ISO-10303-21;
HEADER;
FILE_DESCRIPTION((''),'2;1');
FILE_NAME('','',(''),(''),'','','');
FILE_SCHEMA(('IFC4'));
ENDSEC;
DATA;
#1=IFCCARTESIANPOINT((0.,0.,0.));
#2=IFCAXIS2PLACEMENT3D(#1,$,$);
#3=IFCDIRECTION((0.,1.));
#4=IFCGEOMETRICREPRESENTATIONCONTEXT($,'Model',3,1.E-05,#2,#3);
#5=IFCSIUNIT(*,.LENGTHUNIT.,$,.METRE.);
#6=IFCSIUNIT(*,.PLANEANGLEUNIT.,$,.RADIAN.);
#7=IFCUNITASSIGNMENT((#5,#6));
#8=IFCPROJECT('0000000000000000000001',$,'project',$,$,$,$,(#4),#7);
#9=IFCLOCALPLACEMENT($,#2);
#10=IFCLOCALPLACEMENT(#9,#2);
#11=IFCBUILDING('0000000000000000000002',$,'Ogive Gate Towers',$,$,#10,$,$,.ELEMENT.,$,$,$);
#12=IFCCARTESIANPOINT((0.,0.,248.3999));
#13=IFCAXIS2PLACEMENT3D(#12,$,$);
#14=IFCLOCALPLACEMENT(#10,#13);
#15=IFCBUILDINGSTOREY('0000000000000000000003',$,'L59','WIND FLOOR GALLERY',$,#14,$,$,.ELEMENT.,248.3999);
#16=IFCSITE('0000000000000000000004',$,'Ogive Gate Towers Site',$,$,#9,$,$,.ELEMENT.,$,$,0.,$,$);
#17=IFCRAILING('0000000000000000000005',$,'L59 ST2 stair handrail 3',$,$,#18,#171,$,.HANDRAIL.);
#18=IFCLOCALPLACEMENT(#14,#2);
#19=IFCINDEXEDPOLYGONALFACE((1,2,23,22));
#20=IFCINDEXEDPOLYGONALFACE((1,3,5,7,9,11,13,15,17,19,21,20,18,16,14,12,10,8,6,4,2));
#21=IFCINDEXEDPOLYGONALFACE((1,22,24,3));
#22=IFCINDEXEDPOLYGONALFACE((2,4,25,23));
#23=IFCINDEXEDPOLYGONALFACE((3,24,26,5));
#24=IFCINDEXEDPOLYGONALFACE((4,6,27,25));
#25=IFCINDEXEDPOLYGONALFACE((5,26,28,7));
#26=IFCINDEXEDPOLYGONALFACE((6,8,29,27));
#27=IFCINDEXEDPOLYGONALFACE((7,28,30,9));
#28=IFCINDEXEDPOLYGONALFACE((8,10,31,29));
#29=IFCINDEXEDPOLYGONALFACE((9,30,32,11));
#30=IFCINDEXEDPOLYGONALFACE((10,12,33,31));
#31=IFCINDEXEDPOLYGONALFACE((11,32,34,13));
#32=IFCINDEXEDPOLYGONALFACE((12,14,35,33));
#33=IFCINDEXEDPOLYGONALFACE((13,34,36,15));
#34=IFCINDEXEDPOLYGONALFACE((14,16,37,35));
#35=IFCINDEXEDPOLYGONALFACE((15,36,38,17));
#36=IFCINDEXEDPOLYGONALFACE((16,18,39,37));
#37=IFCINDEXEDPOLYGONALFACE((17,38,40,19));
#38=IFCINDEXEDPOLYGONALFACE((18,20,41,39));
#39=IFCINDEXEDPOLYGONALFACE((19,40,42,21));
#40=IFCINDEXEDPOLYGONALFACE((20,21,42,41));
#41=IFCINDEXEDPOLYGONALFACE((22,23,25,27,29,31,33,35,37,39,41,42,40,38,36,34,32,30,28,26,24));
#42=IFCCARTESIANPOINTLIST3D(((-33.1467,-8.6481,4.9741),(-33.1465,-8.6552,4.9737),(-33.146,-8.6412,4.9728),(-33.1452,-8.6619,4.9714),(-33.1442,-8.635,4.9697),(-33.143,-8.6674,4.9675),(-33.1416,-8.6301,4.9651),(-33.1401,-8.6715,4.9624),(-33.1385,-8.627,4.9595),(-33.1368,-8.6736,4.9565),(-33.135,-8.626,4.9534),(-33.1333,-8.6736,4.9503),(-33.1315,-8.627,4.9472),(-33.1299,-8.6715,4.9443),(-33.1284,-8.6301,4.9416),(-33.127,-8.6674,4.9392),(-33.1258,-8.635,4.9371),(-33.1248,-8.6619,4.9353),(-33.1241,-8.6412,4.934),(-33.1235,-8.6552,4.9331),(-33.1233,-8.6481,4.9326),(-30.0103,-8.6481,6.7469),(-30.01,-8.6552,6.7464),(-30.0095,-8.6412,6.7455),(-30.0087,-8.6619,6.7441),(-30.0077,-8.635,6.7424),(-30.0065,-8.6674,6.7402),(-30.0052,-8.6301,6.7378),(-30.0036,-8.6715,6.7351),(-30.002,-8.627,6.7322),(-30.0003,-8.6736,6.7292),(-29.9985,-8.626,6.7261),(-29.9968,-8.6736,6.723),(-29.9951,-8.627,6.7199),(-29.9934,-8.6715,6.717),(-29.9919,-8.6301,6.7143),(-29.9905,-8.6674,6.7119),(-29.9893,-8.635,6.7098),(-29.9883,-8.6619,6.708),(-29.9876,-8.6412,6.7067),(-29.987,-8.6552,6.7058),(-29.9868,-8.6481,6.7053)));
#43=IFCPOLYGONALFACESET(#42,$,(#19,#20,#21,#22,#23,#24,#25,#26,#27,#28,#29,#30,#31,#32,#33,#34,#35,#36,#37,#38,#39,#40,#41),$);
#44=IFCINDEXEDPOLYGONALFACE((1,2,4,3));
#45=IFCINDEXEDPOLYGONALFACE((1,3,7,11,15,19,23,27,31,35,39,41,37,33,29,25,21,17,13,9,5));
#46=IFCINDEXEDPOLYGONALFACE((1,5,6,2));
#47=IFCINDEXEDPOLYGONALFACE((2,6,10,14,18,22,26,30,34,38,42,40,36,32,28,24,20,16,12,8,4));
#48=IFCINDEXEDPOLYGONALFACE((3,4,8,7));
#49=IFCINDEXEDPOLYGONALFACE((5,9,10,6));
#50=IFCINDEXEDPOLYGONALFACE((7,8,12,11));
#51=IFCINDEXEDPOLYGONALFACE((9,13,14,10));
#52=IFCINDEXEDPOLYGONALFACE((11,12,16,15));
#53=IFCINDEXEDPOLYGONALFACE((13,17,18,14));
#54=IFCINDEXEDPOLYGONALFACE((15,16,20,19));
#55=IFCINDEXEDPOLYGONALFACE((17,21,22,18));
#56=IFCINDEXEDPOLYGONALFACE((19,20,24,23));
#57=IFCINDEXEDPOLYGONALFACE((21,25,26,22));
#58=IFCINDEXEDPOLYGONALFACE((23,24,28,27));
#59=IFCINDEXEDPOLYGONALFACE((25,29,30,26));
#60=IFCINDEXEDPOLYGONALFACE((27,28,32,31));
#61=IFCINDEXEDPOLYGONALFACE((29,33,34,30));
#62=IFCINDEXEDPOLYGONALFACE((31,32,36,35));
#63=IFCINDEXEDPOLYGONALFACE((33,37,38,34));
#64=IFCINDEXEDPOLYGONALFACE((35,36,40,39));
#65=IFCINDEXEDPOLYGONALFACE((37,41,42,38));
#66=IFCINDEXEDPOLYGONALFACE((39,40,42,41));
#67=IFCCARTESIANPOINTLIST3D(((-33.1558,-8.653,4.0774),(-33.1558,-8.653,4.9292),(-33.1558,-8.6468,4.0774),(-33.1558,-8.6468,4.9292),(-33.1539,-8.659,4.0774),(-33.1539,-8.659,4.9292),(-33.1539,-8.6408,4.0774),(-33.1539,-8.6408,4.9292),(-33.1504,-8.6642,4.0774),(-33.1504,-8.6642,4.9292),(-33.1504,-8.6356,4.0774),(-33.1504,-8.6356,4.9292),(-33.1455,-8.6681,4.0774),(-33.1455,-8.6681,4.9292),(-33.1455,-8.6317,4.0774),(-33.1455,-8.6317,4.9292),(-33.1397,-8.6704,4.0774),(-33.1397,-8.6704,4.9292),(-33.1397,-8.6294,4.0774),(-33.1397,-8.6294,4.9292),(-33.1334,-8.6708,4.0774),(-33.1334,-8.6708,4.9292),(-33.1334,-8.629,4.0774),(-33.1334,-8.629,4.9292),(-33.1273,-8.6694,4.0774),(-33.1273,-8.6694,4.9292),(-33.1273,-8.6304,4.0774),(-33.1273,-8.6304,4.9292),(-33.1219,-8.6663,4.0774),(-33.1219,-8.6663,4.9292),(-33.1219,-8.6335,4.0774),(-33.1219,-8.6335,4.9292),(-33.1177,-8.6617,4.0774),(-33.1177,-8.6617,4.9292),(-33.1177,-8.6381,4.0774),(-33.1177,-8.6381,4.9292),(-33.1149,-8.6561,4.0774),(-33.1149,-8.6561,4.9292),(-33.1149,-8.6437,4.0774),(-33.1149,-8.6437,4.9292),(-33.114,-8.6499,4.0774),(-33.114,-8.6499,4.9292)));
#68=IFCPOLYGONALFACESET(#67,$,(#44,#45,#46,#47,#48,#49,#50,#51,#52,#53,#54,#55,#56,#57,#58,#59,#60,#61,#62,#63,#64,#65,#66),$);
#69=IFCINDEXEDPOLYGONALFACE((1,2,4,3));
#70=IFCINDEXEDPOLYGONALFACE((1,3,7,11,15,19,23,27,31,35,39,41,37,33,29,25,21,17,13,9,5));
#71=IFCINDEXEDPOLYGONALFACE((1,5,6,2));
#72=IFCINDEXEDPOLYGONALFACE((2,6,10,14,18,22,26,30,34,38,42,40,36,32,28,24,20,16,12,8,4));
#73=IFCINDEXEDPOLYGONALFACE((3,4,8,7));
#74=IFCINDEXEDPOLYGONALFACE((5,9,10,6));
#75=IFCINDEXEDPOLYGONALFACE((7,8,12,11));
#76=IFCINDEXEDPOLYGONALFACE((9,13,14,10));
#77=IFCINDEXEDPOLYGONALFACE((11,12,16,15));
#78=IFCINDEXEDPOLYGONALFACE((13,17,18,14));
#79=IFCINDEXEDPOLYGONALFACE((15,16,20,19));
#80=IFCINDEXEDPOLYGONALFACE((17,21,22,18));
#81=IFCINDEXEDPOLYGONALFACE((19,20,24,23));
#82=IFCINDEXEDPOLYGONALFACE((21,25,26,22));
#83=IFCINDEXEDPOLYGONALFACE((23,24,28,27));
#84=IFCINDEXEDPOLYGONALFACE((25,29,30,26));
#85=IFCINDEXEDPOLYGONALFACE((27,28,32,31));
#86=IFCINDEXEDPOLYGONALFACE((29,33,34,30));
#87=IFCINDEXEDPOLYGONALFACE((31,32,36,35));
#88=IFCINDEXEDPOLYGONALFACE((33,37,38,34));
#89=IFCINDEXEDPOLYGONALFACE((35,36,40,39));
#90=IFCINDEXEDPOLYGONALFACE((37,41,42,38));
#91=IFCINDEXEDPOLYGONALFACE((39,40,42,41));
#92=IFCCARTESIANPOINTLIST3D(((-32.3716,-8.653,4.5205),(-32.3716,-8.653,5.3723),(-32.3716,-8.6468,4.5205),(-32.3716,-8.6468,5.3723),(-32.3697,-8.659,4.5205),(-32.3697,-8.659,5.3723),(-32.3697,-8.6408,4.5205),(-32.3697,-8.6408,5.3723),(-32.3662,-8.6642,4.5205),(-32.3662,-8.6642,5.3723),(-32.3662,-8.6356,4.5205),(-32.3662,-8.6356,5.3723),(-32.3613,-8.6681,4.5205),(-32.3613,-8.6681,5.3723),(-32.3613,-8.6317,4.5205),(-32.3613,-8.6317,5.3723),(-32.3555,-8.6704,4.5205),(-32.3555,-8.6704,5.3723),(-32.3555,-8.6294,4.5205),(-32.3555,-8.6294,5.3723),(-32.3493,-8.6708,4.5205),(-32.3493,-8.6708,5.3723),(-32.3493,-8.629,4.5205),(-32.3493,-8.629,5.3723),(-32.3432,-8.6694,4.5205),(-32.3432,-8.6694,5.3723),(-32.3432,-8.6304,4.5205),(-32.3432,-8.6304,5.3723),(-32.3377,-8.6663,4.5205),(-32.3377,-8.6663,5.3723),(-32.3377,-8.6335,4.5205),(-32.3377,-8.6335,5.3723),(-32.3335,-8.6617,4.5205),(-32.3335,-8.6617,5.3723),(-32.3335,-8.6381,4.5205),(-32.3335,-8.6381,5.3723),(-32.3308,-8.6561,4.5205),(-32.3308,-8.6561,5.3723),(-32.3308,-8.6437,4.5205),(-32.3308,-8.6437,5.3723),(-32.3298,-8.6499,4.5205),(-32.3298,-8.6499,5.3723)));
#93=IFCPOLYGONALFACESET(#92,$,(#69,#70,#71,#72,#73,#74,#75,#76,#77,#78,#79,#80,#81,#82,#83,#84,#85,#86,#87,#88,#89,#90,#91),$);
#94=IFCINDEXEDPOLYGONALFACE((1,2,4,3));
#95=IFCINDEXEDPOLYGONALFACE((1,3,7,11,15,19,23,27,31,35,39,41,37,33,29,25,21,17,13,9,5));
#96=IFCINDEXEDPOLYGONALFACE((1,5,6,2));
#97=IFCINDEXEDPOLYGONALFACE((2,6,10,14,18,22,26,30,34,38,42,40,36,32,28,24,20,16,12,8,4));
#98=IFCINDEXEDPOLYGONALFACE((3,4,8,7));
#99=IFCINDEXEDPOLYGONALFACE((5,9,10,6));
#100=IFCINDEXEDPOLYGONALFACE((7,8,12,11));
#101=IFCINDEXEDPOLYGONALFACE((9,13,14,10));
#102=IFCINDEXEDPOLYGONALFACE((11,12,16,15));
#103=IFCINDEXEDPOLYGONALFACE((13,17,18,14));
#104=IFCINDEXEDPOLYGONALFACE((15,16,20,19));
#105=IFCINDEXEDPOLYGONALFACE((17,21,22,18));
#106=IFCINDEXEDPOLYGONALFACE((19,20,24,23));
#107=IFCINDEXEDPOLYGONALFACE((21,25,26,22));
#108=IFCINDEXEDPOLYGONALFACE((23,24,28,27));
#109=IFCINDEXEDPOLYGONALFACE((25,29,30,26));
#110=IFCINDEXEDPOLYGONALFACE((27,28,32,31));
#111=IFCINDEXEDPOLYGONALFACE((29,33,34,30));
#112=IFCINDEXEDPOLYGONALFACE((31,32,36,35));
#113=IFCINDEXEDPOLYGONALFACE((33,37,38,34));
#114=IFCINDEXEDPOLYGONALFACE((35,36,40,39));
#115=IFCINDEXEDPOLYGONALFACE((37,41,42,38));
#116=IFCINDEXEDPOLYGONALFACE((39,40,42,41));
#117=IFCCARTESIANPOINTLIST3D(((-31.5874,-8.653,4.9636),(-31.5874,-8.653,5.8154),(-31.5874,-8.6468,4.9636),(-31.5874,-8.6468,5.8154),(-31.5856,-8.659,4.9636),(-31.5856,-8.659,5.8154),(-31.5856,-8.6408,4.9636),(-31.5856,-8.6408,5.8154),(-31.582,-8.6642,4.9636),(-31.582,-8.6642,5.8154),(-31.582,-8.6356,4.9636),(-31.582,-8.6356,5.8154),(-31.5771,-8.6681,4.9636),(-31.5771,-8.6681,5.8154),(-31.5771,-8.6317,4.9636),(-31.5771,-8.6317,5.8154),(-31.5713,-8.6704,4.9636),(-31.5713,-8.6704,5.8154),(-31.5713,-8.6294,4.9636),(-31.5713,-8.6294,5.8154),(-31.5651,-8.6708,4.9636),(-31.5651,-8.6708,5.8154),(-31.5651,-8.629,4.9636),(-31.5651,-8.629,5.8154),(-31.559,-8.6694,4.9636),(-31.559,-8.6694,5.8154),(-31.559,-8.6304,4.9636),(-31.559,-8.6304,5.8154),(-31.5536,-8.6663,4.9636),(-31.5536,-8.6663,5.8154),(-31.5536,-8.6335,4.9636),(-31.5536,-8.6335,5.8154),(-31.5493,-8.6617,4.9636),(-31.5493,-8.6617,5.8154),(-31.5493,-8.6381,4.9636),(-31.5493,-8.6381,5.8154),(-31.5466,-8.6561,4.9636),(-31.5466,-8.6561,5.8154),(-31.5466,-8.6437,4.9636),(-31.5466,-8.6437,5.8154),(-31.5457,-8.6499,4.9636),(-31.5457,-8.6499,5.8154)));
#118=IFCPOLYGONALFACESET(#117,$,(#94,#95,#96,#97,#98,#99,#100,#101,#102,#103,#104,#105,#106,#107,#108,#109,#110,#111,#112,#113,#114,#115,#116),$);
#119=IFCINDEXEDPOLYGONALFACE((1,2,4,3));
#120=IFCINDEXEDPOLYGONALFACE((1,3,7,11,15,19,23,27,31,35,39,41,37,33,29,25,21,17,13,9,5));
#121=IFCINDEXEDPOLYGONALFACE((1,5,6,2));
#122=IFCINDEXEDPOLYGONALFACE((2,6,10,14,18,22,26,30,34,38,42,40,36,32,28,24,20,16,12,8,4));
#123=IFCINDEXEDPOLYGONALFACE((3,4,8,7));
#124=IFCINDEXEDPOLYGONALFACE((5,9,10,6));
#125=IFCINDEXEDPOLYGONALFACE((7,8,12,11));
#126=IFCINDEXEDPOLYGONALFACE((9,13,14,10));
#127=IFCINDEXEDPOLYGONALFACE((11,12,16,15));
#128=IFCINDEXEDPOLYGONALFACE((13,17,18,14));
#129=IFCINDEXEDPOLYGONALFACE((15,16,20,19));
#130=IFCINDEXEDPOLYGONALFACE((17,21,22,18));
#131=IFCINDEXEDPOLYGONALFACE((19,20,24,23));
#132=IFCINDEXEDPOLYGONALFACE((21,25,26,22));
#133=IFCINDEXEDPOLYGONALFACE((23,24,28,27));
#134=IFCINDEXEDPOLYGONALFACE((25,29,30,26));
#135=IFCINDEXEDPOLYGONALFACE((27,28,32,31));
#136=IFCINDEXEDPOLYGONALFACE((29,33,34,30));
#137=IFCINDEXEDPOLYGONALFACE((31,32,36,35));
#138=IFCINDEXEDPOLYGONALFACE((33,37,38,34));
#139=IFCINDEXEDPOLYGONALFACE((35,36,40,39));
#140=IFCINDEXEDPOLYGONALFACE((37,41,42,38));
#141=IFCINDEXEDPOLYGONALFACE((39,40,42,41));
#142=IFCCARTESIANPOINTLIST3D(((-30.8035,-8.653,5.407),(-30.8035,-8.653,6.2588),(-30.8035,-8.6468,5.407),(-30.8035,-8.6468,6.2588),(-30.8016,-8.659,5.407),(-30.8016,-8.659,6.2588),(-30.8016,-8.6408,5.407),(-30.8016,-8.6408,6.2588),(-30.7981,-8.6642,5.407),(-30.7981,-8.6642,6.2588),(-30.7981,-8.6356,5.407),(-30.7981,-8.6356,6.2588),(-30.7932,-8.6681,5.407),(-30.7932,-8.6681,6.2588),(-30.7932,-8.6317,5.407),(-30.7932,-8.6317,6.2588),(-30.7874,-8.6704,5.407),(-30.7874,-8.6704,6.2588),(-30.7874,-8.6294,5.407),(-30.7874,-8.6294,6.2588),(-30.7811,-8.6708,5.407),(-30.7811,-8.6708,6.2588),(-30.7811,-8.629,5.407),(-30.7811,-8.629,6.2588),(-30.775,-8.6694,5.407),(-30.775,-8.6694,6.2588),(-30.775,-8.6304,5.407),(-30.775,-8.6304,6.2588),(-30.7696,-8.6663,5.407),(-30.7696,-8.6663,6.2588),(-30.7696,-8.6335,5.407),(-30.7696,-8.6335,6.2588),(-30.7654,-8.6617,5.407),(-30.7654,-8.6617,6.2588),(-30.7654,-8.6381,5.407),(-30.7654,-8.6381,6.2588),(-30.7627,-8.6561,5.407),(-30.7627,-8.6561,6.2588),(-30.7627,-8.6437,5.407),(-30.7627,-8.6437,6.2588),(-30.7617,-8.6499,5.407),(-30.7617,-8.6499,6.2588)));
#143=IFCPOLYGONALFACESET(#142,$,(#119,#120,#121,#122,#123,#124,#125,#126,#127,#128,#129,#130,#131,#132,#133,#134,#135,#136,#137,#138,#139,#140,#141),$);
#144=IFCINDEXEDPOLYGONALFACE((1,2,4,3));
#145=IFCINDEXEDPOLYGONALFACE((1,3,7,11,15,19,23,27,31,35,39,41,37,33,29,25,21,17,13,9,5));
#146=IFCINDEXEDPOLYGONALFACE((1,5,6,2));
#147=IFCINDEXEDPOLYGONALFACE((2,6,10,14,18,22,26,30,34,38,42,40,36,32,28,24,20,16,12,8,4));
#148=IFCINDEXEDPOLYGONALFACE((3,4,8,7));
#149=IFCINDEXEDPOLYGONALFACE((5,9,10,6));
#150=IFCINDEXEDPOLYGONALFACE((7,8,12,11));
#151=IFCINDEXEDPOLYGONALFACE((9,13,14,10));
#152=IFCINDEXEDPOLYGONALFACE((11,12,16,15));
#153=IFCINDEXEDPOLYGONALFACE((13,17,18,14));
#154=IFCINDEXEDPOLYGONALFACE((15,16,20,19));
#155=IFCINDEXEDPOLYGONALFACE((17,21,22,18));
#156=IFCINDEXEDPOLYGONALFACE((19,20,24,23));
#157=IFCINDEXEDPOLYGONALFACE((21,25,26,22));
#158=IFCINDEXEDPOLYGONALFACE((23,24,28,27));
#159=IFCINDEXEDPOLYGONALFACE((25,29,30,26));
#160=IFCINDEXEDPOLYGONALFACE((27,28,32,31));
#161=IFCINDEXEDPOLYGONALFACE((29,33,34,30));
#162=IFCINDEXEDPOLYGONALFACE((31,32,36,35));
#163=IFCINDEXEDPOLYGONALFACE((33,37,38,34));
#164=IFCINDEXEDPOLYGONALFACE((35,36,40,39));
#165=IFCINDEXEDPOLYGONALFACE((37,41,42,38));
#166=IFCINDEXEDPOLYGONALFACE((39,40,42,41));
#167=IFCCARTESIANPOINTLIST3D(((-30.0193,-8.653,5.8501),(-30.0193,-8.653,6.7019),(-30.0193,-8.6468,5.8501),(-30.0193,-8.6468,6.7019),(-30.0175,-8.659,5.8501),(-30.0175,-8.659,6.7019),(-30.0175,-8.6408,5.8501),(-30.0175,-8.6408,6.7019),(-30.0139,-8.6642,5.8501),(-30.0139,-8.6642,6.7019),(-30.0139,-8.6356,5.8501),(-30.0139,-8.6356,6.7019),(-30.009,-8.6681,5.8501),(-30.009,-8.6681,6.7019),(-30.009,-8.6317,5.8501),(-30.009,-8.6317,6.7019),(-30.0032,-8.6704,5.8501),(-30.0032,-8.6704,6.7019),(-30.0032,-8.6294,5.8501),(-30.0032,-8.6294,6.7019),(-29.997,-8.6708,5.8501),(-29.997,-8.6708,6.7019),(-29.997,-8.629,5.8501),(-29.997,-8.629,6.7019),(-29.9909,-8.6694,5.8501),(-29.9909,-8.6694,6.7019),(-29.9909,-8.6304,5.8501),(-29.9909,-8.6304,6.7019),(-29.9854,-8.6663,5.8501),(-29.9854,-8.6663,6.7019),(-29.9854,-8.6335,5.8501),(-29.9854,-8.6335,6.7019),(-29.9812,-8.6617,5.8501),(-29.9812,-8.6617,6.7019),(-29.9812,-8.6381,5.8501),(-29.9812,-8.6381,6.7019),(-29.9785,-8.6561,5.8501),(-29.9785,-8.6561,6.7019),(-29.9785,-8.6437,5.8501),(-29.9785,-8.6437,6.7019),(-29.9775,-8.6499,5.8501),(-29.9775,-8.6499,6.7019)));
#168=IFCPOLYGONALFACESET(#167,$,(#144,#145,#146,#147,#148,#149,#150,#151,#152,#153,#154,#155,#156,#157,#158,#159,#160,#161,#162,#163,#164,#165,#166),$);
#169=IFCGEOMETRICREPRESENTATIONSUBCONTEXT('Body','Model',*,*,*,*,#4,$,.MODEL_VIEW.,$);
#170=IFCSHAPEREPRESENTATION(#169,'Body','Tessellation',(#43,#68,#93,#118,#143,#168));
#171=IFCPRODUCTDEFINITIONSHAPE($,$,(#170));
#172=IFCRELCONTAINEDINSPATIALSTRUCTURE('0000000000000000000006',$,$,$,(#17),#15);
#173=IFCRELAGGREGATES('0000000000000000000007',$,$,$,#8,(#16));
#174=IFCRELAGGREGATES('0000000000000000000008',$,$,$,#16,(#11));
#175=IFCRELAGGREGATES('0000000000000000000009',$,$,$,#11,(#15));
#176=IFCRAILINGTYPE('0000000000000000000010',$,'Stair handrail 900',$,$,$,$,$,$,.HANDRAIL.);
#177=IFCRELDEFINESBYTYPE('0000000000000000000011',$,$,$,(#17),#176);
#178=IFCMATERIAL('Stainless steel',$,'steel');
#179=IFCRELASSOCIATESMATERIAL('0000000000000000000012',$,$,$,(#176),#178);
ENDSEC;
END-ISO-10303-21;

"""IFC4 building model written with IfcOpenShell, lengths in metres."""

from ifc_helpers import new_model, si_unit, direction, frame, origin, origin_2d, place, context, subcontext, project, spatial, circle, extrude, material, type_object, element, save


model = new_model("IFC4")

# Units and contexts
model_context = context("Model", 3, precision=1e-05, world=origin(), true_north=direction((0.0, 1.0)))
body_context = subcontext(model_context, "Body", "Model", "MODEL_VIEW")
ifc_project = project(units=[si_unit("LENGTHUNIT", "METRE"), si_unit("PLANEANGLEUNIT", "RADIAN")], contexts=[model_context])

# Site, building, storey
site_placement = place(None, origin())
site = spatial("IfcSite", under=ifc_project, at=site_placement, Name="Ogive Gate Towers Site", CompositionType="ELEMENT", RefElevation=0.0)
building_placement = place(site_placement, origin())
building = spatial("IfcBuilding", under=site, at=building_placement, Name="Ogive Gate Towers", CompositionType="ELEMENT")
storey_placement = place(building_placement, frame((0.0, 0.0, 248.3999)))
storey = spatial("IfcBuildingStorey", under=building, at=storey_placement, Name="L59", Description="WIND FLOOR GALLERY", CompositionType="ELEMENT", Elevation=248.3999)

# Railing
ifc_material_1 = material(Name="Stainless steel", Category="steel")
railing_type_1 = type_object("IfcRailingType", Name="Stair handrail 900", PredefinedType="HANDRAIL", material=ifc_material_1)
railing_1_placement = place(storey_placement, frame((-33.135, -8.6499, 4.0774)))
element("IfcRailing", 1, at=railing_1_placement, inside=storey, type_object=railing_type_1, Name="L59 ST2 stair handrail 3", PredefinedType="HANDRAIL", context=body_context, shape_type="SweptSolid", body=[
    extrude(circle(Radius=0.0239, at=origin_2d()), frame((0.0, 0.0, 0.876), z_axis=(0.870573, 0.0, 0.492039), x_axis=(0.0, 1.0, 0.0)), (0.0, 0.0, 1.0), 3.6028),
    extrude(circle(Radius=0.021, at=origin_2d()), origin(), (0.0, 0.0, 1.0), 0.8518),
    extrude(circle(Radius=0.021, at=origin_2d()), frame((0.7842, 0.0, 0.4431)), (0.0, 0.0, 1.0), 0.8518),
    extrude(circle(Radius=0.021, at=origin_2d()), frame((1.5684, 0.0, 0.8862)), (0.0, 0.0, 1.0), 0.8518),
    extrude(circle(Radius=0.021, at=origin_2d()), frame((2.3523, 0.0, 1.3296)), (0.0, 0.0, 1.0), 0.8518),
    extrude(circle(Radius=0.021, at=origin_2d()), frame((3.1365, 0.0, 1.7727)), (0.0, 0.0, 1.0), 0.8518),
])

save(model, "model.ifc")
